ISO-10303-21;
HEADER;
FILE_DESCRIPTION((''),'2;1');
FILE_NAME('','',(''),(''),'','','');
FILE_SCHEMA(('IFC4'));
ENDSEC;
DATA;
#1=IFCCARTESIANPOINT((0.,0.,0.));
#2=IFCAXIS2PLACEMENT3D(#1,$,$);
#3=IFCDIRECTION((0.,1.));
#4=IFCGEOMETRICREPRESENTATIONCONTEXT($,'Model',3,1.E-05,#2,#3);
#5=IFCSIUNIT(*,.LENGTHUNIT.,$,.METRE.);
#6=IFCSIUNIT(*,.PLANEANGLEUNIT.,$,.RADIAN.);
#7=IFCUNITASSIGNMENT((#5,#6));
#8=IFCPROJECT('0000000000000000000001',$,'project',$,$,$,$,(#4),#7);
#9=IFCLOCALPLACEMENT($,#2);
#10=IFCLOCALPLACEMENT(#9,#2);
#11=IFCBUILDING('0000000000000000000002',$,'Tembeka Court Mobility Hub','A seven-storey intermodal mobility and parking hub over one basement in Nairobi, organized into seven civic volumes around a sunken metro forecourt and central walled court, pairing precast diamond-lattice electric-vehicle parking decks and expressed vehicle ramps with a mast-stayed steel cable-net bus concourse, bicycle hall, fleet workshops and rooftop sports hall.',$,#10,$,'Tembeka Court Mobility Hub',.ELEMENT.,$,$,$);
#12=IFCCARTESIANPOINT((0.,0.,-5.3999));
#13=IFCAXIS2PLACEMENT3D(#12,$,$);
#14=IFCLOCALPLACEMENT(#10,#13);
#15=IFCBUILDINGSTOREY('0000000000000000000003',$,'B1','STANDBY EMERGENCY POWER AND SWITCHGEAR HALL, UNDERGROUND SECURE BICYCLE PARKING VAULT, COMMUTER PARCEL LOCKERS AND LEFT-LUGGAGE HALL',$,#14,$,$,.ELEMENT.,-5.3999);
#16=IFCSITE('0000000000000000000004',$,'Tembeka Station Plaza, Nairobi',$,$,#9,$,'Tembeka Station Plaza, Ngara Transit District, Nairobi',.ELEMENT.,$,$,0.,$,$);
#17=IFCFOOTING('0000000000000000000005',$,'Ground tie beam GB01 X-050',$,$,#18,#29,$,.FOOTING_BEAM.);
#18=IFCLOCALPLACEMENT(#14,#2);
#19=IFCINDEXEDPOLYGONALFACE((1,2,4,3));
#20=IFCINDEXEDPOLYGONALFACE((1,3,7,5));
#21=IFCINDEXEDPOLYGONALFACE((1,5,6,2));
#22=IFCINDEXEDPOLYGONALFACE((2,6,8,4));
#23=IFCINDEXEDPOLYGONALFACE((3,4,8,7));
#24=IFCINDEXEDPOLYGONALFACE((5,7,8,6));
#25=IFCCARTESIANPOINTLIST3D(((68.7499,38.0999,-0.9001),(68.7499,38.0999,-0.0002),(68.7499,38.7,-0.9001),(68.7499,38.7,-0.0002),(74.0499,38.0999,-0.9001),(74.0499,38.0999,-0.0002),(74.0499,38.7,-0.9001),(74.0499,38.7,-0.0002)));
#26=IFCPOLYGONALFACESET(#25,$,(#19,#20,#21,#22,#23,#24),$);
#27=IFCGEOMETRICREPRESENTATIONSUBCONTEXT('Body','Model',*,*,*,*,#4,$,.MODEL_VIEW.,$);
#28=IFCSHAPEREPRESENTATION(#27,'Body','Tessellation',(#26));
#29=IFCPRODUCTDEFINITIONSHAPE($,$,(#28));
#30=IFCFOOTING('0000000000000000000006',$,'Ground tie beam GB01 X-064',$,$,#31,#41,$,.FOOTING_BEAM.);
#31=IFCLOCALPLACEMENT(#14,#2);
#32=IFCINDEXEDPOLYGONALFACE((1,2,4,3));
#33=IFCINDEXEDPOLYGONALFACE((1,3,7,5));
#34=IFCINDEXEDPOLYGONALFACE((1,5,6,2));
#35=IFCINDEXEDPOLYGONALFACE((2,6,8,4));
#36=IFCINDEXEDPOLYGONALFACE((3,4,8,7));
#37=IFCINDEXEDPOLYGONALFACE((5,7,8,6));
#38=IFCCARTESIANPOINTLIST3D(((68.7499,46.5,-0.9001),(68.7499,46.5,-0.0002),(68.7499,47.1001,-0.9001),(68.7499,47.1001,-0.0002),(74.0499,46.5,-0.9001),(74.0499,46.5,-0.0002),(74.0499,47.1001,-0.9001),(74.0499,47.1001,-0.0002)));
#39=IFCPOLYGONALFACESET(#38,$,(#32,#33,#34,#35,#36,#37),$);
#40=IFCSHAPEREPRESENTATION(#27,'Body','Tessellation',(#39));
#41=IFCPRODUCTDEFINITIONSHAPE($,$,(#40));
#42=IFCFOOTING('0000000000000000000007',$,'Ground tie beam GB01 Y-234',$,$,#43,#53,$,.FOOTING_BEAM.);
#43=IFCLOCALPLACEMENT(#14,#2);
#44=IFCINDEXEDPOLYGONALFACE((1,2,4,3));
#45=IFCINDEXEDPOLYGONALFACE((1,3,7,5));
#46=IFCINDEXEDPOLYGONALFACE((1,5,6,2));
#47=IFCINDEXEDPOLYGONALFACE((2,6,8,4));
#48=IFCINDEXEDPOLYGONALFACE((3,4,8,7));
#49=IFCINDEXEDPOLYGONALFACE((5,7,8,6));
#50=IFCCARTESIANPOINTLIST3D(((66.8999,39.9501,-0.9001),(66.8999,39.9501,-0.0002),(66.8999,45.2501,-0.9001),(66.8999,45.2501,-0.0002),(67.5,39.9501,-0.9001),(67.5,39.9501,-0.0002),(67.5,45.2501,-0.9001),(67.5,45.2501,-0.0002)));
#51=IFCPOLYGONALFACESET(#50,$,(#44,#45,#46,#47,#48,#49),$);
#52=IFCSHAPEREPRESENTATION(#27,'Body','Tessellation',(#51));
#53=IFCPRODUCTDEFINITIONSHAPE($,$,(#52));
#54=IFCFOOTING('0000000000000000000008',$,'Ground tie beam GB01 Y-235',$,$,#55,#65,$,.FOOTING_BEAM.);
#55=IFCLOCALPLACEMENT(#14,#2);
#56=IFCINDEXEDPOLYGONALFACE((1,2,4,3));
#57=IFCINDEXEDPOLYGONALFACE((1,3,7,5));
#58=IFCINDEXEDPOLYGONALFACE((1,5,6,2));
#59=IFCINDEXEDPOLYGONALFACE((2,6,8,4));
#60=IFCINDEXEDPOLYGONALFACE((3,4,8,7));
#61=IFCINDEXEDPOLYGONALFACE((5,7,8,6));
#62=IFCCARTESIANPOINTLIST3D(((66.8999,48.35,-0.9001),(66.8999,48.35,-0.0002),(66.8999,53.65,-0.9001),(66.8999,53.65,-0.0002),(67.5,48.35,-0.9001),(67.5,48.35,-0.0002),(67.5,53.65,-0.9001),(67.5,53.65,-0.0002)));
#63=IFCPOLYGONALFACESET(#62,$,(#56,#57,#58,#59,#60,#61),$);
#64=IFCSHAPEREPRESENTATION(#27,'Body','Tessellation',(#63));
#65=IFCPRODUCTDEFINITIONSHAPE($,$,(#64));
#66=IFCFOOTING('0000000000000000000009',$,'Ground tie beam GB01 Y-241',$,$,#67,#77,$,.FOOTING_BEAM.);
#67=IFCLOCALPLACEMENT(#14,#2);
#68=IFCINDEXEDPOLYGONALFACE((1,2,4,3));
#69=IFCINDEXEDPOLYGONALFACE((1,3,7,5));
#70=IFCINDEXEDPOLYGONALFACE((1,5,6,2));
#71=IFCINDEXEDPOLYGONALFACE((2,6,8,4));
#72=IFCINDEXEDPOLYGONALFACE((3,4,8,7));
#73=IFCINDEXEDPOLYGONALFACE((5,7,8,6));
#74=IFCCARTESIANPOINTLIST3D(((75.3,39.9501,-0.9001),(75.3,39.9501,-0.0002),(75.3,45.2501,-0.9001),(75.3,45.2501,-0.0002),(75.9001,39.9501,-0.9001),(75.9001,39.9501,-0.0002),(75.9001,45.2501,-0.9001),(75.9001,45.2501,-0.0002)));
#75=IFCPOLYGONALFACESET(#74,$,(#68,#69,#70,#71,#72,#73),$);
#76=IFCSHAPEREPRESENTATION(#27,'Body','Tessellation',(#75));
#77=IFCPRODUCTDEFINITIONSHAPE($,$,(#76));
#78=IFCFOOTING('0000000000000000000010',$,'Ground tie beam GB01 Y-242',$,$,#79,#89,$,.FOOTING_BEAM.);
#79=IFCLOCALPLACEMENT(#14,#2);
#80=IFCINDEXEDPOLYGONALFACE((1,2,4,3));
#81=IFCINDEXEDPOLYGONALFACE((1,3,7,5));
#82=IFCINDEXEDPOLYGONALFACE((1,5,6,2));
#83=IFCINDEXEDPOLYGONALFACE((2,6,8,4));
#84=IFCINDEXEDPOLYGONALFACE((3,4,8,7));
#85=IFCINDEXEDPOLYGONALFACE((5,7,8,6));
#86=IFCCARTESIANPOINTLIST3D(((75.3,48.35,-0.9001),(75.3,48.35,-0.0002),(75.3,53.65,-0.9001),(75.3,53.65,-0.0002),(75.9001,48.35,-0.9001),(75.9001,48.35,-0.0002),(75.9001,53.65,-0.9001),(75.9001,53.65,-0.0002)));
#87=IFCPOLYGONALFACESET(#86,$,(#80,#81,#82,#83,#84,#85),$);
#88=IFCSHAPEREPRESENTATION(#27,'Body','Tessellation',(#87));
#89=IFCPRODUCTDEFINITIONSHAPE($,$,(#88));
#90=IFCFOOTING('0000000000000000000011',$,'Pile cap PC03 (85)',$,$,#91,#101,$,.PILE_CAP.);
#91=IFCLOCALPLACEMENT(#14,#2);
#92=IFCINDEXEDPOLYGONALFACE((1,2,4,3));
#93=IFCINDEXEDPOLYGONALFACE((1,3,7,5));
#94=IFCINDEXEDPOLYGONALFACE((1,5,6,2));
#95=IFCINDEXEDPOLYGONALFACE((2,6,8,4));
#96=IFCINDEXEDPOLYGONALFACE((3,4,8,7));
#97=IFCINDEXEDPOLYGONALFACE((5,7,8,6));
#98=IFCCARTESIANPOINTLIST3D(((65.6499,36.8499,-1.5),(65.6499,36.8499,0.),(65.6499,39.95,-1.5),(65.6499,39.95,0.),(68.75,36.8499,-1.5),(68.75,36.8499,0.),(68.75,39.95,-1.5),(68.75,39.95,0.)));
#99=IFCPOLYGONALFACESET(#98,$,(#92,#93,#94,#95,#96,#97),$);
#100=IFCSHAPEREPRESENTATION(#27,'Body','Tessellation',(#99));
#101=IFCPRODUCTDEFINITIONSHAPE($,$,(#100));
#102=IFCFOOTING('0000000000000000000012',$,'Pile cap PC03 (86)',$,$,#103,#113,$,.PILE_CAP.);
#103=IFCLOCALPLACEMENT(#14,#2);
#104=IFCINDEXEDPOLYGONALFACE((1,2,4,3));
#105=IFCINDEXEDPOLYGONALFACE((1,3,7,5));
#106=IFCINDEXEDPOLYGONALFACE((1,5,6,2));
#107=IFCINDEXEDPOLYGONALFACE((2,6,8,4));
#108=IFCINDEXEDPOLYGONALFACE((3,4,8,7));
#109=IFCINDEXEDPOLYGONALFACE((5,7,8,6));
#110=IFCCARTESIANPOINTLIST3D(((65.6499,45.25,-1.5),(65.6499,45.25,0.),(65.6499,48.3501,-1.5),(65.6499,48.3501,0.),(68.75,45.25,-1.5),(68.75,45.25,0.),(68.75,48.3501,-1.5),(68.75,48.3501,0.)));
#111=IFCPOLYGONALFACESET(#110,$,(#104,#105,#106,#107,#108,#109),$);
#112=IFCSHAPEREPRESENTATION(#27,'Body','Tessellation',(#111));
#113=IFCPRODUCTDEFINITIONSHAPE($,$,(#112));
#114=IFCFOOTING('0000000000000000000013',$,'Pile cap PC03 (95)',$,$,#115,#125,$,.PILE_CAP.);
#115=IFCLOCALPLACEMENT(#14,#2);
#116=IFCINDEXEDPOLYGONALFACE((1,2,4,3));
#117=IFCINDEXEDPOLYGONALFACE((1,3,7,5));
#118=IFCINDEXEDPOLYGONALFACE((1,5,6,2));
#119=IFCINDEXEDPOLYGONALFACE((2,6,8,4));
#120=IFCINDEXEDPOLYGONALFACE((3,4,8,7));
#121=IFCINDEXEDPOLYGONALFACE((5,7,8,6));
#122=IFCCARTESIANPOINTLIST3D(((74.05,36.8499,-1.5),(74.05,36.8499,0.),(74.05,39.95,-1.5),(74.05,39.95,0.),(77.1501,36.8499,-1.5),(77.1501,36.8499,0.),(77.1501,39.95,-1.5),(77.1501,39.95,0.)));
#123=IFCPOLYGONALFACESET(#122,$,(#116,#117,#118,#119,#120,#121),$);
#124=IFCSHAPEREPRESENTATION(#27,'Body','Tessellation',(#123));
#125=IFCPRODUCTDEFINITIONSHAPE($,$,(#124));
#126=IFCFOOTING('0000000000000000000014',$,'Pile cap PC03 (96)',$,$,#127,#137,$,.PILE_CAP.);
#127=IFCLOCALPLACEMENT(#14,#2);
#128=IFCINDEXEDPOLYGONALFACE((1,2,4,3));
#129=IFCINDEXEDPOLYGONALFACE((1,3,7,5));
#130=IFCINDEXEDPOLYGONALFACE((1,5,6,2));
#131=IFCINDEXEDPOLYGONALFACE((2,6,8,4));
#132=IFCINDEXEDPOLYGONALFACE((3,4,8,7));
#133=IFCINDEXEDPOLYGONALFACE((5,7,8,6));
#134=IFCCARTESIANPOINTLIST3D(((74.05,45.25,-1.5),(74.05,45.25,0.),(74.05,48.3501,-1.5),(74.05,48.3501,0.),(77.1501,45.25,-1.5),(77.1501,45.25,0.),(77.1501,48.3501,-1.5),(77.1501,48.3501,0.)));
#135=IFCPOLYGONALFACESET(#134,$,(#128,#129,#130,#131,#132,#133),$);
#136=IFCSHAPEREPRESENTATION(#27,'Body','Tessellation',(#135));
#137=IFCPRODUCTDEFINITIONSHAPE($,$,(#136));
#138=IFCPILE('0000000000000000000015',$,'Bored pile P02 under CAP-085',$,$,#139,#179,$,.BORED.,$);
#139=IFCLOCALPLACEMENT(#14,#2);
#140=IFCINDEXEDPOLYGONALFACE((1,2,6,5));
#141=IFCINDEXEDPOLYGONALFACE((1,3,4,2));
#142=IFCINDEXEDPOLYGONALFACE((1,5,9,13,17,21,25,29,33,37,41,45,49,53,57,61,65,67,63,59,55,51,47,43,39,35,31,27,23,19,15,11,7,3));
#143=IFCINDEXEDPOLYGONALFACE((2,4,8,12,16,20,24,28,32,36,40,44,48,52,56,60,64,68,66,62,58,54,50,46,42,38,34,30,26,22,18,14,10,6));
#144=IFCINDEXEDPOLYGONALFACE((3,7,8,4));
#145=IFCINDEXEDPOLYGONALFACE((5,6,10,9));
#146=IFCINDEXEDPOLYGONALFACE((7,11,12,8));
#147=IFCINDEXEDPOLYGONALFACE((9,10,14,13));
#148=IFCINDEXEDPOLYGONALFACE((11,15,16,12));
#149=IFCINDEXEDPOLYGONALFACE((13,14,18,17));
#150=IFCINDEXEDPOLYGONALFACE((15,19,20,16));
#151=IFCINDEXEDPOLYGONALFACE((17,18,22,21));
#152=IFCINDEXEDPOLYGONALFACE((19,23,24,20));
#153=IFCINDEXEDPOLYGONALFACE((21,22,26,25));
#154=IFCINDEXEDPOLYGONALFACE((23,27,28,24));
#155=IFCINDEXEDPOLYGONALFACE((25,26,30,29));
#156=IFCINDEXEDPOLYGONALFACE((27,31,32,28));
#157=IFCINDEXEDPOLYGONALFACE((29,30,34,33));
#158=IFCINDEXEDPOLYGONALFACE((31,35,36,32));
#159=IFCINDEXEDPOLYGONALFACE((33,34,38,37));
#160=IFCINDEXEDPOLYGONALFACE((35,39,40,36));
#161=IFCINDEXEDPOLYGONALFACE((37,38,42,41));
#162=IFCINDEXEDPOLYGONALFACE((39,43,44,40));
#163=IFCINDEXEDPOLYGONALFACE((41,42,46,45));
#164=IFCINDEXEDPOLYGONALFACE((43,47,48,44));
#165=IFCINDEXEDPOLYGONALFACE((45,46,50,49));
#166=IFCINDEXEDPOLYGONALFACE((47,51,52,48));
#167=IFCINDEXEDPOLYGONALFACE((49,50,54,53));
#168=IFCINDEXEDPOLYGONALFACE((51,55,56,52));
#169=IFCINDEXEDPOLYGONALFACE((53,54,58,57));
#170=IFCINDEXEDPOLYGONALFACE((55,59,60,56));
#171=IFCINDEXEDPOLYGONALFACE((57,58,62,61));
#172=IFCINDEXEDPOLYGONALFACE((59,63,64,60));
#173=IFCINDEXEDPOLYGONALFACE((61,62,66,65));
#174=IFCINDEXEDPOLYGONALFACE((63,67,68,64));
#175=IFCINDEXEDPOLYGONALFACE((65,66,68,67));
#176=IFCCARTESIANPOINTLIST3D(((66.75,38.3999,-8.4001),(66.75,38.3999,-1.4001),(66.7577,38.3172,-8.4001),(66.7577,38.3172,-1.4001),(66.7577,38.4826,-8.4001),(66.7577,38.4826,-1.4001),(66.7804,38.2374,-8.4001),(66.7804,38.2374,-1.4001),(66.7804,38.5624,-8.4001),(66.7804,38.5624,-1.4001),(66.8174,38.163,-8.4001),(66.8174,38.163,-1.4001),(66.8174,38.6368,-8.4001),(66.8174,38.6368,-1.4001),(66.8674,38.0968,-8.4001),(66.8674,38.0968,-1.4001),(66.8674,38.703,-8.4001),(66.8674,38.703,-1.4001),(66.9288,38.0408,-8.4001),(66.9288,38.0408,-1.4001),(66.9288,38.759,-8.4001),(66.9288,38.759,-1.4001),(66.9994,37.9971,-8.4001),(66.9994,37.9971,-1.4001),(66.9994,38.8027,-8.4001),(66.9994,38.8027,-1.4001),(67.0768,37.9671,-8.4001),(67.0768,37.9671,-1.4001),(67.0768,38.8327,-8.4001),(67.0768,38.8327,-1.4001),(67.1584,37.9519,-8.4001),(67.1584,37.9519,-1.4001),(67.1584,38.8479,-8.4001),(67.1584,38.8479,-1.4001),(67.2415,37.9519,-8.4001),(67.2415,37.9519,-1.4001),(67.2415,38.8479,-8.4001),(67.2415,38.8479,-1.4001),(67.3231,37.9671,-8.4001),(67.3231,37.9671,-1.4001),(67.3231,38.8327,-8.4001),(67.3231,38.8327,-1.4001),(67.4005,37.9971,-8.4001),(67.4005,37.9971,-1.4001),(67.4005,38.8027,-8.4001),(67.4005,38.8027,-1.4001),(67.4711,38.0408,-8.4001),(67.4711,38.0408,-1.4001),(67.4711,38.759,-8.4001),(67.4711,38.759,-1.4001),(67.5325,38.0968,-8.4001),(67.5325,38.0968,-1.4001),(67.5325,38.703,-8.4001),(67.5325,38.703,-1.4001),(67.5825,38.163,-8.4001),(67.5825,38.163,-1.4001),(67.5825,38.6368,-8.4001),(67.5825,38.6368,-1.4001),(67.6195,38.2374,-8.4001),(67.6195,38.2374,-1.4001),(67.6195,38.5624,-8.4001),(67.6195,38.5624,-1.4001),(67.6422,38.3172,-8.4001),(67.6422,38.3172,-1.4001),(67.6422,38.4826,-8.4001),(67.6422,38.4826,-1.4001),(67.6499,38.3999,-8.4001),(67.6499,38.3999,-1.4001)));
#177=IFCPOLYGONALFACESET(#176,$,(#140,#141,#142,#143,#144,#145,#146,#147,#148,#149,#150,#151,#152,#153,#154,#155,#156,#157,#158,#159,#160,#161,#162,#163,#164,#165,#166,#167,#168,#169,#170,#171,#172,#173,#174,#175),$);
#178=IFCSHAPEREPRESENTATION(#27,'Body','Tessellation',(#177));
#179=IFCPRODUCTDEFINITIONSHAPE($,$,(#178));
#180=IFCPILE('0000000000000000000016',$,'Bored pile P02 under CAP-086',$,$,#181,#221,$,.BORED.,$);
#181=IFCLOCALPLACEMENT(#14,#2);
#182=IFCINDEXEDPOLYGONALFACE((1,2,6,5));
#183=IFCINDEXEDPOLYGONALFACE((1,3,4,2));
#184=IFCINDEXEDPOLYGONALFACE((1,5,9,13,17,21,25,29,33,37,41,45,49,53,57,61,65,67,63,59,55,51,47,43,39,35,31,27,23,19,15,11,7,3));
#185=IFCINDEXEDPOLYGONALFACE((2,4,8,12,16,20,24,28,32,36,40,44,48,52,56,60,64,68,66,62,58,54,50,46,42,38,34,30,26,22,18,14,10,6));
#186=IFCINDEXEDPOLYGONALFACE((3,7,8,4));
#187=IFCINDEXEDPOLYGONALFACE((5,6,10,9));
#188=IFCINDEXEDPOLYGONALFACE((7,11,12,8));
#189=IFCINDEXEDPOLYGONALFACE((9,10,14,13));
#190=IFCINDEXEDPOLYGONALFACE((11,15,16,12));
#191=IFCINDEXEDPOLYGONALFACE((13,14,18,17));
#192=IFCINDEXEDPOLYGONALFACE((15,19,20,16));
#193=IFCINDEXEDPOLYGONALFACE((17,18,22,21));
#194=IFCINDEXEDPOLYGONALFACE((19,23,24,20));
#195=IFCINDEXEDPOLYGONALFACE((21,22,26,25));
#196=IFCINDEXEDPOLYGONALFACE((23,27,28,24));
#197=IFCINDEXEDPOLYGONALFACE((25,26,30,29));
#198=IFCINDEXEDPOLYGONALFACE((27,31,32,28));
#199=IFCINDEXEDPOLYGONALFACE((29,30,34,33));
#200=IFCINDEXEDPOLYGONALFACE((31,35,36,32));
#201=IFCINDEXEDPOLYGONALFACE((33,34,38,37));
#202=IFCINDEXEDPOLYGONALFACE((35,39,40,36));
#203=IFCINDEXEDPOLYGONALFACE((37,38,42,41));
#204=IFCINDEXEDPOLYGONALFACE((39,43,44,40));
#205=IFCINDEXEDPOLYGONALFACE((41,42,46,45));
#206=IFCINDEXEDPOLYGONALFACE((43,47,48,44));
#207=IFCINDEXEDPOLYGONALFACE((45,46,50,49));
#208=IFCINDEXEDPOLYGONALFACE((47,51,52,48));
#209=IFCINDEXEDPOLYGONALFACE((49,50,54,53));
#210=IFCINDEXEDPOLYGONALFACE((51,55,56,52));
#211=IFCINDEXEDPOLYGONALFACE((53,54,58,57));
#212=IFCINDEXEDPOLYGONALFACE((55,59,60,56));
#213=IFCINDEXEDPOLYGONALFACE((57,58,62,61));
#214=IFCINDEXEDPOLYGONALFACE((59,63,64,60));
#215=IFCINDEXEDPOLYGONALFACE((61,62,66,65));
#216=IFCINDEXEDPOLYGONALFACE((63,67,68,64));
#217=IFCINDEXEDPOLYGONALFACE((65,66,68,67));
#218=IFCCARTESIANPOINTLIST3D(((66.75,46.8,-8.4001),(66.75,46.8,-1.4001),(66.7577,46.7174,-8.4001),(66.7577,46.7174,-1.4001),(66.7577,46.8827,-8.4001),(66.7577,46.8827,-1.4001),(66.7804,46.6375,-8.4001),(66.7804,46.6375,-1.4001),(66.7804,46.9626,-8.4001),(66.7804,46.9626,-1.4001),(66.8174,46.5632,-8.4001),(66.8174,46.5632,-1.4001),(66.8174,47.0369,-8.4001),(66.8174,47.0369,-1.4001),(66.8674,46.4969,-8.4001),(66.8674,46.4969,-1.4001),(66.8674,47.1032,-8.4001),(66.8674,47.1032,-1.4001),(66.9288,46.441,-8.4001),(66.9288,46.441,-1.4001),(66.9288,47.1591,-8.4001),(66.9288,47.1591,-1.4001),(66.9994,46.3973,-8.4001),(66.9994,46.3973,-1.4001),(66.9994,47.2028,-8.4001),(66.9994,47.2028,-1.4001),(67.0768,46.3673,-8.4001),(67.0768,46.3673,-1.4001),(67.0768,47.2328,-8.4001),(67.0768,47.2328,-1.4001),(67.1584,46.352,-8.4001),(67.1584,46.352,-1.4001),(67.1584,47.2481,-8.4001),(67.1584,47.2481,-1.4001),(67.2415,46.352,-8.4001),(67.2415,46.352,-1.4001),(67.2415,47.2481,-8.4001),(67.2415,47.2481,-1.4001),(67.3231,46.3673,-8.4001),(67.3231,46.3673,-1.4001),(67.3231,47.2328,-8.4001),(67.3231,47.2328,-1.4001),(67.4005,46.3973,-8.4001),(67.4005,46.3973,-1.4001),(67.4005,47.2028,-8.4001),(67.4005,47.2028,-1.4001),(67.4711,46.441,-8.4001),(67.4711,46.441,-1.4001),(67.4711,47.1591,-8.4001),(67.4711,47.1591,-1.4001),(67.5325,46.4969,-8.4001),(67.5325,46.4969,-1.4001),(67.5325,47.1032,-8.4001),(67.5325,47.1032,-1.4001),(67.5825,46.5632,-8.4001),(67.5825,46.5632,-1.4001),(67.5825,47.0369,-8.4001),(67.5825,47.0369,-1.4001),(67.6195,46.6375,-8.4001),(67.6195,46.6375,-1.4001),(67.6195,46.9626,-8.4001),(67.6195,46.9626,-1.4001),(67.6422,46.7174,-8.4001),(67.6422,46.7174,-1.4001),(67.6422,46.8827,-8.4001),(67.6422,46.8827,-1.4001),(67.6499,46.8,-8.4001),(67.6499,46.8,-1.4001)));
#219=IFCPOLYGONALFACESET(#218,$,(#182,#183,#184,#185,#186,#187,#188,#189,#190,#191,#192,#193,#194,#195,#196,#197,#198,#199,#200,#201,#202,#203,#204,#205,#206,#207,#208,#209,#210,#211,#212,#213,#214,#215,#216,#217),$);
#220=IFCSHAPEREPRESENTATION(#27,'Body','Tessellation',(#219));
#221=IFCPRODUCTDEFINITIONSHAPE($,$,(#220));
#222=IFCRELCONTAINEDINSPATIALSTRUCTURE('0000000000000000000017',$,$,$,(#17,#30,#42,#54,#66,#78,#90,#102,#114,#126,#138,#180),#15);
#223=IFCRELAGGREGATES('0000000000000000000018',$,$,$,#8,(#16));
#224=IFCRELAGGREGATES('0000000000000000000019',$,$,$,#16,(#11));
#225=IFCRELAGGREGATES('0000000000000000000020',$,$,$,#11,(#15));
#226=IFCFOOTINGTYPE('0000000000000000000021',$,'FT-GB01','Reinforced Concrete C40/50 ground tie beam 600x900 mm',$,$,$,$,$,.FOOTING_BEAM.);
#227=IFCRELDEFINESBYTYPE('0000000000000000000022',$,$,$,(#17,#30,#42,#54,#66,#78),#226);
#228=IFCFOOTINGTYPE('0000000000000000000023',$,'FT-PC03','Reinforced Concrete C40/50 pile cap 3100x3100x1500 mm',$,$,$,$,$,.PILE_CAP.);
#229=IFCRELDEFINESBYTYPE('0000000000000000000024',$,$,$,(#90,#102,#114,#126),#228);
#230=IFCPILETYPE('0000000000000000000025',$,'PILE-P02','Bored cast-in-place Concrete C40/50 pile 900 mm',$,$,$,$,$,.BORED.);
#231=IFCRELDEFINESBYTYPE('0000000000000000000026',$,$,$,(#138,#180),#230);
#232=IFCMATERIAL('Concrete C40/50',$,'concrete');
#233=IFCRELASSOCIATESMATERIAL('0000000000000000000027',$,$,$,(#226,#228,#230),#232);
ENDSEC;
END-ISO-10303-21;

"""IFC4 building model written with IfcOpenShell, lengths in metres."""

from ifc_helpers import new_model, si_unit, direction, frame, origin, origin_2d, place, context, subcontext, project, spatial, rectangle, circle, extrude, material, material_profile, profile_set, type_object, element, save


model = new_model("IFC4")

# Units and contexts
model_context = context("Model", 3, precision=1e-05, world=origin(), true_north=direction((0.0, 1.0)))
body_context = subcontext(model_context, "Body", "Model", "MODEL_VIEW")
ifc_project = project(units=[si_unit("LENGTHUNIT", "METRE"), si_unit("PLANEANGLEUNIT", "RADIAN")], contexts=[model_context])

# Site, building, storey
site_placement = place(None, origin())
site = spatial("IfcSite", under=ifc_project, at=site_placement, Name="Tembeka Station Plaza, Nairobi", LongName="Tembeka Station Plaza, Ngara Transit District, Nairobi", CompositionType="ELEMENT", RefElevation=0.0)
building_placement = place(site_placement, origin())
building = spatial("IfcBuilding", under=site, at=building_placement, Name="Tembeka Court Mobility Hub", Description="A seven-storey intermodal mobility and parking hub over one basement in Nairobi, organized into seven civic volumes around a sunken metro forecourt and central walled court, pairing precast diamond-lattice electric-vehicle parking decks and expressed vehicle ramps with a mast-stayed steel cable-net bus concourse, bicycle hall, fleet workshops and rooftop sports hall.", LongName="Tembeka Court Mobility Hub", CompositionType="ELEMENT")
storey_placement = place(building_placement, frame((0.0, 0.0, -5.3999)))
storey = spatial("IfcBuildingStorey", under=building, at=storey_placement, Name="B1", Description="STANDBY EMERGENCY POWER AND SWITCHGEAR HALL, UNDERGROUND SECURE BICYCLE PARKING VAULT, COMMUTER PARCEL LOCKERS AND LEFT-LUGGAGE HALL", CompositionType="ELEMENT", Elevation=-5.3999)

# Footings
ifc_material_1 = material(Name="Concrete C40/50", Category="concrete")
footing_type_1 = type_object("IfcFootingType", Name="FT-GB01", Description="Reinforced Concrete C40/50 ground tie beam 600x900 mm", PredefinedType="FOOTING_BEAM", material=ifc_material_1)
for number, where, z_axis, x_axis, name in (
    (1, (71.3999, 38.3999, -0.9001), (0.0, 0.0, 1.0), (1.0, 0.0, 0.0), "Ground tie beam GB01 X-050"),
    (2, (71.3999, 46.8, -0.9001), (0.0, 0.0, 1.0), (1.0, 0.0, 0.0), "Ground tie beam GB01 X-064"),
    (3, (67.2, 42.6001, -0.9001), (0.0, 0.0, 1.0), (0.0, 1.0, 0.0), "Ground tie beam GB01 Y-234"),
    (4, (67.2, 51.0, -0.9001), (0.0, 0.0, 1.0), (0.0, 1.0, 0.0), "Ground tie beam GB01 Y-235"),
    (5, (75.6001, 42.6001, -0.9001), (0.0, 0.0, 1.0), (0.0, 1.0, 0.0), "Ground tie beam GB01 Y-241"),
    (6, (75.6001, 51.0, -0.9001), (0.0, 0.0, 1.0), (0.0, 1.0, 0.0), "Ground tie beam GB01 Y-242"),
):
    element("IfcFooting", number, at=place(storey_placement, frame(where, z_axis=z_axis, x_axis=x_axis)), inside=storey, type_object=footing_type_1, Name=name, PredefinedType="FOOTING_BEAM", context=body_context, shape_type="SweptSolid", body=[
        extrude(rectangle(XDim=5.3, YDim=0.6001, at=origin_2d()), origin(), (0.0, 0.0, 1.0), 0.8999),
    ])
footing_type_2 = type_object("IfcFootingType", Name="FT-PC03", Description="Reinforced Concrete C40/50 pile cap 3100x3100x1500 mm", PredefinedType="PILE_CAP", material=ifc_material_1)
for number, where, z_axis, x_axis, name in (
    (7, (67.2, 38.3999, -1.5), (0.0, 0.0, 1.0), (1.0, 0.0, 0.0), "Pile cap PC03 (85)"),
    (8, (67.2, 46.8, -1.5), (0.0, 0.0, 1.0), (1.0, 0.0, 0.0), "Pile cap PC03 (86)"),
    (9, (75.6001, 38.3999, -1.5), (0.0, 0.0, 1.0), (1.0, 0.0, 0.0), "Pile cap PC03 (95)"),
    (10, (75.6001, 46.8, -1.5), (0.0, 0.0, 1.0), (1.0, 0.0, 0.0), "Pile cap PC03 (96)"),
):
    element("IfcFooting", number, at=place(storey_placement, frame(where, z_axis=z_axis, x_axis=x_axis)), inside=storey, type_object=footing_type_2, Name=name, PredefinedType="PILE_CAP", context=body_context, shape_type="SweptSolid", body=[
        extrude(rectangle(XDim=3.1001, YDim=3.1001, at=origin_2d()), origin(), (0.0, 0.0, 1.0), 1.5),
    ])

# Piles
ifc_material_profile_1 = material_profile(ifc_material_1, circle(Radius=0.45, at=origin_2d()), Name="PILE D900")
ifc_profile_set_1 = profile_set([ifc_material_profile_1], Name="Concrete C40/50")
pile_type = type_object("IfcPileType", Name="PILE-P02", Description="Bored cast-in-place Concrete C40/50 pile 900 mm", PredefinedType="BORED", material=ifc_profile_set_1)
for number, where, z_axis, x_axis, name in (
    (11, (67.2, 38.3999, -1.4001), (0.0, 0.0, -1.0), (1.0, 0.0, 0.0), "Bored pile P02 under CAP-085"),
    (12, (67.2, 46.8, -1.4001), (0.0, 0.0, -1.0), (1.0, 0.0, 0.0), "Bored pile P02 under CAP-086"),
):
    element("IfcPile", number, at=place(storey_placement, frame(where, z_axis=z_axis, x_axis=x_axis)), inside=storey, type_object=pile_type, Name=name, PredefinedType="BORED", context=body_context, shape_type="SweptSolid", body=[
        extrude(circle(Radius=0.45, at=origin_2d()), origin(), (0.0, 0.0, 1.0), 7.0),
    ])

save(model, "model.ifc")
